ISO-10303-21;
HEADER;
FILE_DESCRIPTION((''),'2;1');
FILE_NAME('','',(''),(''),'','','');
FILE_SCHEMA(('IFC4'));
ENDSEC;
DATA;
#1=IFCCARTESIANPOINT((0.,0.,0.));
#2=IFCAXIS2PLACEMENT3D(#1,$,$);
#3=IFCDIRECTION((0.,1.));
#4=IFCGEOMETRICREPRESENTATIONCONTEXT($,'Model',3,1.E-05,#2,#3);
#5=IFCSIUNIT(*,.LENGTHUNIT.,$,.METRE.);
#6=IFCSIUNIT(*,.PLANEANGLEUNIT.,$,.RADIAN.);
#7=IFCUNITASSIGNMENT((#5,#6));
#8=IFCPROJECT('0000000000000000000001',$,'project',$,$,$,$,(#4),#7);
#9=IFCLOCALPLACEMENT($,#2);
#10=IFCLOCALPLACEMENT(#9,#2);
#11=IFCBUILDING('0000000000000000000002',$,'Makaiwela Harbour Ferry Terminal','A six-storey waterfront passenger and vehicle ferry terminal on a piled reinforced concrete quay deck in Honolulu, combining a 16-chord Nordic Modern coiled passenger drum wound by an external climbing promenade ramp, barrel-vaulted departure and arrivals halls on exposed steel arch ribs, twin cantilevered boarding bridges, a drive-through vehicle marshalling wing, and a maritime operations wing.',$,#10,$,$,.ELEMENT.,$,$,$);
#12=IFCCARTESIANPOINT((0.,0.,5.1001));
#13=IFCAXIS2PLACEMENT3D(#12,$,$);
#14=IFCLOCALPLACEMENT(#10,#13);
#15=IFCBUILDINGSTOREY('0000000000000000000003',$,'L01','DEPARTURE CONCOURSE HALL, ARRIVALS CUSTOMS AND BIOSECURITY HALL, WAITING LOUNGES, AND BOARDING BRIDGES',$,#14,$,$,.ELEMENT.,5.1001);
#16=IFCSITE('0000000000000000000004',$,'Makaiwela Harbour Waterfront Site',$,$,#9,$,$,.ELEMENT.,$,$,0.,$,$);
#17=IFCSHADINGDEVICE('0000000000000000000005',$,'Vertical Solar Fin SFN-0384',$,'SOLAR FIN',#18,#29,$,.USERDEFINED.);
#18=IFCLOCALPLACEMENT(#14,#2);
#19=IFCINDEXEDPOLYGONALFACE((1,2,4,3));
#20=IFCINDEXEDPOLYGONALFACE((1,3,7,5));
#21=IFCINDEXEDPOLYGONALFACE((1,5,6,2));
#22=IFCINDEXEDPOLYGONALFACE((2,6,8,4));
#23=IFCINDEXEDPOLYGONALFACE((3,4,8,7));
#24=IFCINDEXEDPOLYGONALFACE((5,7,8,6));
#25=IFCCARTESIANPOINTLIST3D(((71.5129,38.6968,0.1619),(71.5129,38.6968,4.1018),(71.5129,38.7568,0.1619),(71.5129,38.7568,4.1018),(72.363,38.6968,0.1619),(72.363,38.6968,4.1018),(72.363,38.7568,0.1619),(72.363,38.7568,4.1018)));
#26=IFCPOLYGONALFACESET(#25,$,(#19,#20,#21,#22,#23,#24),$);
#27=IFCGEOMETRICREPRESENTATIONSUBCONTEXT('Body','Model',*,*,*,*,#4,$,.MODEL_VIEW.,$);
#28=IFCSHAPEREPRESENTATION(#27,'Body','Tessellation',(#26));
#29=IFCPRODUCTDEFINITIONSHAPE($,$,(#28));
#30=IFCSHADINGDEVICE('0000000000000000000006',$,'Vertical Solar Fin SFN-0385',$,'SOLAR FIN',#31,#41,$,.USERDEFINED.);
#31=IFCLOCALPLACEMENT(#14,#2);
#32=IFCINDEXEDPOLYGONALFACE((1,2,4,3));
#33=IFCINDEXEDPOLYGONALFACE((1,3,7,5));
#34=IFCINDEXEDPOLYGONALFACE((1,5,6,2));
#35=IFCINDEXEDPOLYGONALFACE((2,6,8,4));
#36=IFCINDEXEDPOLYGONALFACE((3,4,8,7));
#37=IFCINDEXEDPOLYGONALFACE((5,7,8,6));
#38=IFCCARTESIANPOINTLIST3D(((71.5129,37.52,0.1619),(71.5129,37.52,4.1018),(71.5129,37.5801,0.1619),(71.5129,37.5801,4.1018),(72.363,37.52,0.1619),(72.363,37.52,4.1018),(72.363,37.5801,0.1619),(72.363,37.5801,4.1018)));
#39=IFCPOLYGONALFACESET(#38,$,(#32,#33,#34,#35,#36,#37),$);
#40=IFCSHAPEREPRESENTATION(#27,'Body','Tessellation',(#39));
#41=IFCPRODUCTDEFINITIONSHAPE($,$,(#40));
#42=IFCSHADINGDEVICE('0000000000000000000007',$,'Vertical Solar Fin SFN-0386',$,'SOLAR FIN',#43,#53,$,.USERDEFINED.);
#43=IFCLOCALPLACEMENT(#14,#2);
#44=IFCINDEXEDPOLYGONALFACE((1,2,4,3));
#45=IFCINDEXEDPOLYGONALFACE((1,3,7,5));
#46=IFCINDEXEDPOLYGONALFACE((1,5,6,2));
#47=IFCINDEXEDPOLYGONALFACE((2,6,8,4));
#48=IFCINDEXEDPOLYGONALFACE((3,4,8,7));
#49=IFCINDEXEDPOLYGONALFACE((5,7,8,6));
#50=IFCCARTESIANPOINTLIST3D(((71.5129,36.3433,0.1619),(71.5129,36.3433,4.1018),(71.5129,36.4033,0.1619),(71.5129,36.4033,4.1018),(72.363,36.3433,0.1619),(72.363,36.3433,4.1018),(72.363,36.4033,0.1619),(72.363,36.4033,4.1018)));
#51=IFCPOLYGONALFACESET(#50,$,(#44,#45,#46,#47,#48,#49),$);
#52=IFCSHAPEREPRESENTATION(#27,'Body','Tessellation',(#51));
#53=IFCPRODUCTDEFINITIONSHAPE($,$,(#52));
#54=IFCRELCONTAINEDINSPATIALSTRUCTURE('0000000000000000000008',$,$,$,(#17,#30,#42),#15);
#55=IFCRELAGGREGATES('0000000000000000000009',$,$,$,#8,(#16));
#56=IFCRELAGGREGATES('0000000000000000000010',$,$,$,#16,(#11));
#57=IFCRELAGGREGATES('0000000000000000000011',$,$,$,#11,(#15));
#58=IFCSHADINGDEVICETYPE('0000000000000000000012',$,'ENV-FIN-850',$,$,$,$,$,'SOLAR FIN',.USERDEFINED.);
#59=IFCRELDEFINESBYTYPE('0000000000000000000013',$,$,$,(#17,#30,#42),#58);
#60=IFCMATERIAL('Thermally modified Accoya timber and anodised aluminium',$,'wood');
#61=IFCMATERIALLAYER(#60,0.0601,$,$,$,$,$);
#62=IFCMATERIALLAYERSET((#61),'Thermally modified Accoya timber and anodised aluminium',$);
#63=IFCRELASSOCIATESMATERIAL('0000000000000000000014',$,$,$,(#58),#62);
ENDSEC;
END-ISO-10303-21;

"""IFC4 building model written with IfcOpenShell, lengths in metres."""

from ifc_helpers import new_model, si_unit, direction, frame, origin, origin_2d, place, context, subcontext, project, spatial, rectangle, extrude, material, layer, layer_set, type_object, element, save


model = new_model("IFC4")

# Units and contexts
model_context = context("Model", 3, precision=1e-05, world=origin(), true_north=direction((0.0, 1.0)))
body_context = subcontext(model_context, "Body", "Model", "MODEL_VIEW")
ifc_project = project(units=[si_unit("LENGTHUNIT", "METRE"), si_unit("PLANEANGLEUNIT", "RADIAN")], contexts=[model_context])

# Site, building, storey
site_placement = place(None, origin())
site = spatial("IfcSite", under=ifc_project, at=site_placement, Name="Makaiwela Harbour Waterfront Site", CompositionType="ELEMENT", RefElevation=0.0)
building_placement = place(site_placement, origin())
building = spatial("IfcBuilding", under=site, at=building_placement, Name="Makaiwela Harbour Ferry Terminal", Description="A six-storey waterfront passenger and vehicle ferry terminal on a piled reinforced concrete quay deck in Honolulu, combining a 16-chord Nordic Modern coiled passenger drum wound by an external climbing promenade ramp, barrel-vaulted departure and arrivals halls on exposed steel arch ribs, twin cantilevered boarding bridges, a drive-through vehicle marshalling wing, and a maritime operations wing.", CompositionType="ELEMENT")
storey_placement = place(building_placement, frame((0.0, 0.0, 5.1001)))
storey = spatial("IfcBuildingStorey", under=building, at=storey_placement, Name="L01", Description="DEPARTURE CONCOURSE HALL, ARRIVALS CUSTOMS AND BIOSECURITY HALL, WAITING LOUNGES, AND BOARDING BRIDGES", CompositionType="ELEMENT", Elevation=5.1001)

# Shading devices
ifc_material_1 = material(Name="Thermally modified Accoya timber and anodised aluminium", Category="wood")
ifc_layer_1 = layer(ifc_material_1, 0.0601)
ifc_layer_set_1 = layer_set([ifc_layer_1], Name="Thermally modified Accoya timber and anodised aluminium")
shading_device_type = type_object("IfcShadingDeviceType", Name="ENV-FIN-850", ElementType="SOLAR FIN", PredefinedType="USERDEFINED", material=ifc_layer_set_1)
for number, where, z_axis, x_axis, name in (
    (1, (71.938, 38.7268, 0.1619), (0.0, 0.0, 1.0), (1.0, 0.0, 0.0), "Vertical Solar Fin SFN-0384"),
    (2, (71.938, 37.55, 0.1619), (0.0, 0.0, 1.0), (1.0, 0.0, 0.0), "Vertical Solar Fin SFN-0385"),
    (3, (71.938, 36.3733, 0.1619), (0.0, 0.0, 1.0), (1.0, 0.0, 0.0), "Vertical Solar Fin SFN-0386"),
):
    element("IfcShadingDevice", number, at=place(storey_placement, frame(where, z_axis=z_axis, x_axis=x_axis)), inside=storey, type_object=shading_device_type, Name=name, ObjectType="SOLAR FIN", PredefinedType="USERDEFINED", context=body_context, shape_type="SweptSolid", body=[
        extrude(rectangle(XDim=0.8501, YDim=0.0601, at=origin_2d()), origin(), (0.0, 0.0, 1.0), 3.9399),
    ])

save(model, "model.ifc")
